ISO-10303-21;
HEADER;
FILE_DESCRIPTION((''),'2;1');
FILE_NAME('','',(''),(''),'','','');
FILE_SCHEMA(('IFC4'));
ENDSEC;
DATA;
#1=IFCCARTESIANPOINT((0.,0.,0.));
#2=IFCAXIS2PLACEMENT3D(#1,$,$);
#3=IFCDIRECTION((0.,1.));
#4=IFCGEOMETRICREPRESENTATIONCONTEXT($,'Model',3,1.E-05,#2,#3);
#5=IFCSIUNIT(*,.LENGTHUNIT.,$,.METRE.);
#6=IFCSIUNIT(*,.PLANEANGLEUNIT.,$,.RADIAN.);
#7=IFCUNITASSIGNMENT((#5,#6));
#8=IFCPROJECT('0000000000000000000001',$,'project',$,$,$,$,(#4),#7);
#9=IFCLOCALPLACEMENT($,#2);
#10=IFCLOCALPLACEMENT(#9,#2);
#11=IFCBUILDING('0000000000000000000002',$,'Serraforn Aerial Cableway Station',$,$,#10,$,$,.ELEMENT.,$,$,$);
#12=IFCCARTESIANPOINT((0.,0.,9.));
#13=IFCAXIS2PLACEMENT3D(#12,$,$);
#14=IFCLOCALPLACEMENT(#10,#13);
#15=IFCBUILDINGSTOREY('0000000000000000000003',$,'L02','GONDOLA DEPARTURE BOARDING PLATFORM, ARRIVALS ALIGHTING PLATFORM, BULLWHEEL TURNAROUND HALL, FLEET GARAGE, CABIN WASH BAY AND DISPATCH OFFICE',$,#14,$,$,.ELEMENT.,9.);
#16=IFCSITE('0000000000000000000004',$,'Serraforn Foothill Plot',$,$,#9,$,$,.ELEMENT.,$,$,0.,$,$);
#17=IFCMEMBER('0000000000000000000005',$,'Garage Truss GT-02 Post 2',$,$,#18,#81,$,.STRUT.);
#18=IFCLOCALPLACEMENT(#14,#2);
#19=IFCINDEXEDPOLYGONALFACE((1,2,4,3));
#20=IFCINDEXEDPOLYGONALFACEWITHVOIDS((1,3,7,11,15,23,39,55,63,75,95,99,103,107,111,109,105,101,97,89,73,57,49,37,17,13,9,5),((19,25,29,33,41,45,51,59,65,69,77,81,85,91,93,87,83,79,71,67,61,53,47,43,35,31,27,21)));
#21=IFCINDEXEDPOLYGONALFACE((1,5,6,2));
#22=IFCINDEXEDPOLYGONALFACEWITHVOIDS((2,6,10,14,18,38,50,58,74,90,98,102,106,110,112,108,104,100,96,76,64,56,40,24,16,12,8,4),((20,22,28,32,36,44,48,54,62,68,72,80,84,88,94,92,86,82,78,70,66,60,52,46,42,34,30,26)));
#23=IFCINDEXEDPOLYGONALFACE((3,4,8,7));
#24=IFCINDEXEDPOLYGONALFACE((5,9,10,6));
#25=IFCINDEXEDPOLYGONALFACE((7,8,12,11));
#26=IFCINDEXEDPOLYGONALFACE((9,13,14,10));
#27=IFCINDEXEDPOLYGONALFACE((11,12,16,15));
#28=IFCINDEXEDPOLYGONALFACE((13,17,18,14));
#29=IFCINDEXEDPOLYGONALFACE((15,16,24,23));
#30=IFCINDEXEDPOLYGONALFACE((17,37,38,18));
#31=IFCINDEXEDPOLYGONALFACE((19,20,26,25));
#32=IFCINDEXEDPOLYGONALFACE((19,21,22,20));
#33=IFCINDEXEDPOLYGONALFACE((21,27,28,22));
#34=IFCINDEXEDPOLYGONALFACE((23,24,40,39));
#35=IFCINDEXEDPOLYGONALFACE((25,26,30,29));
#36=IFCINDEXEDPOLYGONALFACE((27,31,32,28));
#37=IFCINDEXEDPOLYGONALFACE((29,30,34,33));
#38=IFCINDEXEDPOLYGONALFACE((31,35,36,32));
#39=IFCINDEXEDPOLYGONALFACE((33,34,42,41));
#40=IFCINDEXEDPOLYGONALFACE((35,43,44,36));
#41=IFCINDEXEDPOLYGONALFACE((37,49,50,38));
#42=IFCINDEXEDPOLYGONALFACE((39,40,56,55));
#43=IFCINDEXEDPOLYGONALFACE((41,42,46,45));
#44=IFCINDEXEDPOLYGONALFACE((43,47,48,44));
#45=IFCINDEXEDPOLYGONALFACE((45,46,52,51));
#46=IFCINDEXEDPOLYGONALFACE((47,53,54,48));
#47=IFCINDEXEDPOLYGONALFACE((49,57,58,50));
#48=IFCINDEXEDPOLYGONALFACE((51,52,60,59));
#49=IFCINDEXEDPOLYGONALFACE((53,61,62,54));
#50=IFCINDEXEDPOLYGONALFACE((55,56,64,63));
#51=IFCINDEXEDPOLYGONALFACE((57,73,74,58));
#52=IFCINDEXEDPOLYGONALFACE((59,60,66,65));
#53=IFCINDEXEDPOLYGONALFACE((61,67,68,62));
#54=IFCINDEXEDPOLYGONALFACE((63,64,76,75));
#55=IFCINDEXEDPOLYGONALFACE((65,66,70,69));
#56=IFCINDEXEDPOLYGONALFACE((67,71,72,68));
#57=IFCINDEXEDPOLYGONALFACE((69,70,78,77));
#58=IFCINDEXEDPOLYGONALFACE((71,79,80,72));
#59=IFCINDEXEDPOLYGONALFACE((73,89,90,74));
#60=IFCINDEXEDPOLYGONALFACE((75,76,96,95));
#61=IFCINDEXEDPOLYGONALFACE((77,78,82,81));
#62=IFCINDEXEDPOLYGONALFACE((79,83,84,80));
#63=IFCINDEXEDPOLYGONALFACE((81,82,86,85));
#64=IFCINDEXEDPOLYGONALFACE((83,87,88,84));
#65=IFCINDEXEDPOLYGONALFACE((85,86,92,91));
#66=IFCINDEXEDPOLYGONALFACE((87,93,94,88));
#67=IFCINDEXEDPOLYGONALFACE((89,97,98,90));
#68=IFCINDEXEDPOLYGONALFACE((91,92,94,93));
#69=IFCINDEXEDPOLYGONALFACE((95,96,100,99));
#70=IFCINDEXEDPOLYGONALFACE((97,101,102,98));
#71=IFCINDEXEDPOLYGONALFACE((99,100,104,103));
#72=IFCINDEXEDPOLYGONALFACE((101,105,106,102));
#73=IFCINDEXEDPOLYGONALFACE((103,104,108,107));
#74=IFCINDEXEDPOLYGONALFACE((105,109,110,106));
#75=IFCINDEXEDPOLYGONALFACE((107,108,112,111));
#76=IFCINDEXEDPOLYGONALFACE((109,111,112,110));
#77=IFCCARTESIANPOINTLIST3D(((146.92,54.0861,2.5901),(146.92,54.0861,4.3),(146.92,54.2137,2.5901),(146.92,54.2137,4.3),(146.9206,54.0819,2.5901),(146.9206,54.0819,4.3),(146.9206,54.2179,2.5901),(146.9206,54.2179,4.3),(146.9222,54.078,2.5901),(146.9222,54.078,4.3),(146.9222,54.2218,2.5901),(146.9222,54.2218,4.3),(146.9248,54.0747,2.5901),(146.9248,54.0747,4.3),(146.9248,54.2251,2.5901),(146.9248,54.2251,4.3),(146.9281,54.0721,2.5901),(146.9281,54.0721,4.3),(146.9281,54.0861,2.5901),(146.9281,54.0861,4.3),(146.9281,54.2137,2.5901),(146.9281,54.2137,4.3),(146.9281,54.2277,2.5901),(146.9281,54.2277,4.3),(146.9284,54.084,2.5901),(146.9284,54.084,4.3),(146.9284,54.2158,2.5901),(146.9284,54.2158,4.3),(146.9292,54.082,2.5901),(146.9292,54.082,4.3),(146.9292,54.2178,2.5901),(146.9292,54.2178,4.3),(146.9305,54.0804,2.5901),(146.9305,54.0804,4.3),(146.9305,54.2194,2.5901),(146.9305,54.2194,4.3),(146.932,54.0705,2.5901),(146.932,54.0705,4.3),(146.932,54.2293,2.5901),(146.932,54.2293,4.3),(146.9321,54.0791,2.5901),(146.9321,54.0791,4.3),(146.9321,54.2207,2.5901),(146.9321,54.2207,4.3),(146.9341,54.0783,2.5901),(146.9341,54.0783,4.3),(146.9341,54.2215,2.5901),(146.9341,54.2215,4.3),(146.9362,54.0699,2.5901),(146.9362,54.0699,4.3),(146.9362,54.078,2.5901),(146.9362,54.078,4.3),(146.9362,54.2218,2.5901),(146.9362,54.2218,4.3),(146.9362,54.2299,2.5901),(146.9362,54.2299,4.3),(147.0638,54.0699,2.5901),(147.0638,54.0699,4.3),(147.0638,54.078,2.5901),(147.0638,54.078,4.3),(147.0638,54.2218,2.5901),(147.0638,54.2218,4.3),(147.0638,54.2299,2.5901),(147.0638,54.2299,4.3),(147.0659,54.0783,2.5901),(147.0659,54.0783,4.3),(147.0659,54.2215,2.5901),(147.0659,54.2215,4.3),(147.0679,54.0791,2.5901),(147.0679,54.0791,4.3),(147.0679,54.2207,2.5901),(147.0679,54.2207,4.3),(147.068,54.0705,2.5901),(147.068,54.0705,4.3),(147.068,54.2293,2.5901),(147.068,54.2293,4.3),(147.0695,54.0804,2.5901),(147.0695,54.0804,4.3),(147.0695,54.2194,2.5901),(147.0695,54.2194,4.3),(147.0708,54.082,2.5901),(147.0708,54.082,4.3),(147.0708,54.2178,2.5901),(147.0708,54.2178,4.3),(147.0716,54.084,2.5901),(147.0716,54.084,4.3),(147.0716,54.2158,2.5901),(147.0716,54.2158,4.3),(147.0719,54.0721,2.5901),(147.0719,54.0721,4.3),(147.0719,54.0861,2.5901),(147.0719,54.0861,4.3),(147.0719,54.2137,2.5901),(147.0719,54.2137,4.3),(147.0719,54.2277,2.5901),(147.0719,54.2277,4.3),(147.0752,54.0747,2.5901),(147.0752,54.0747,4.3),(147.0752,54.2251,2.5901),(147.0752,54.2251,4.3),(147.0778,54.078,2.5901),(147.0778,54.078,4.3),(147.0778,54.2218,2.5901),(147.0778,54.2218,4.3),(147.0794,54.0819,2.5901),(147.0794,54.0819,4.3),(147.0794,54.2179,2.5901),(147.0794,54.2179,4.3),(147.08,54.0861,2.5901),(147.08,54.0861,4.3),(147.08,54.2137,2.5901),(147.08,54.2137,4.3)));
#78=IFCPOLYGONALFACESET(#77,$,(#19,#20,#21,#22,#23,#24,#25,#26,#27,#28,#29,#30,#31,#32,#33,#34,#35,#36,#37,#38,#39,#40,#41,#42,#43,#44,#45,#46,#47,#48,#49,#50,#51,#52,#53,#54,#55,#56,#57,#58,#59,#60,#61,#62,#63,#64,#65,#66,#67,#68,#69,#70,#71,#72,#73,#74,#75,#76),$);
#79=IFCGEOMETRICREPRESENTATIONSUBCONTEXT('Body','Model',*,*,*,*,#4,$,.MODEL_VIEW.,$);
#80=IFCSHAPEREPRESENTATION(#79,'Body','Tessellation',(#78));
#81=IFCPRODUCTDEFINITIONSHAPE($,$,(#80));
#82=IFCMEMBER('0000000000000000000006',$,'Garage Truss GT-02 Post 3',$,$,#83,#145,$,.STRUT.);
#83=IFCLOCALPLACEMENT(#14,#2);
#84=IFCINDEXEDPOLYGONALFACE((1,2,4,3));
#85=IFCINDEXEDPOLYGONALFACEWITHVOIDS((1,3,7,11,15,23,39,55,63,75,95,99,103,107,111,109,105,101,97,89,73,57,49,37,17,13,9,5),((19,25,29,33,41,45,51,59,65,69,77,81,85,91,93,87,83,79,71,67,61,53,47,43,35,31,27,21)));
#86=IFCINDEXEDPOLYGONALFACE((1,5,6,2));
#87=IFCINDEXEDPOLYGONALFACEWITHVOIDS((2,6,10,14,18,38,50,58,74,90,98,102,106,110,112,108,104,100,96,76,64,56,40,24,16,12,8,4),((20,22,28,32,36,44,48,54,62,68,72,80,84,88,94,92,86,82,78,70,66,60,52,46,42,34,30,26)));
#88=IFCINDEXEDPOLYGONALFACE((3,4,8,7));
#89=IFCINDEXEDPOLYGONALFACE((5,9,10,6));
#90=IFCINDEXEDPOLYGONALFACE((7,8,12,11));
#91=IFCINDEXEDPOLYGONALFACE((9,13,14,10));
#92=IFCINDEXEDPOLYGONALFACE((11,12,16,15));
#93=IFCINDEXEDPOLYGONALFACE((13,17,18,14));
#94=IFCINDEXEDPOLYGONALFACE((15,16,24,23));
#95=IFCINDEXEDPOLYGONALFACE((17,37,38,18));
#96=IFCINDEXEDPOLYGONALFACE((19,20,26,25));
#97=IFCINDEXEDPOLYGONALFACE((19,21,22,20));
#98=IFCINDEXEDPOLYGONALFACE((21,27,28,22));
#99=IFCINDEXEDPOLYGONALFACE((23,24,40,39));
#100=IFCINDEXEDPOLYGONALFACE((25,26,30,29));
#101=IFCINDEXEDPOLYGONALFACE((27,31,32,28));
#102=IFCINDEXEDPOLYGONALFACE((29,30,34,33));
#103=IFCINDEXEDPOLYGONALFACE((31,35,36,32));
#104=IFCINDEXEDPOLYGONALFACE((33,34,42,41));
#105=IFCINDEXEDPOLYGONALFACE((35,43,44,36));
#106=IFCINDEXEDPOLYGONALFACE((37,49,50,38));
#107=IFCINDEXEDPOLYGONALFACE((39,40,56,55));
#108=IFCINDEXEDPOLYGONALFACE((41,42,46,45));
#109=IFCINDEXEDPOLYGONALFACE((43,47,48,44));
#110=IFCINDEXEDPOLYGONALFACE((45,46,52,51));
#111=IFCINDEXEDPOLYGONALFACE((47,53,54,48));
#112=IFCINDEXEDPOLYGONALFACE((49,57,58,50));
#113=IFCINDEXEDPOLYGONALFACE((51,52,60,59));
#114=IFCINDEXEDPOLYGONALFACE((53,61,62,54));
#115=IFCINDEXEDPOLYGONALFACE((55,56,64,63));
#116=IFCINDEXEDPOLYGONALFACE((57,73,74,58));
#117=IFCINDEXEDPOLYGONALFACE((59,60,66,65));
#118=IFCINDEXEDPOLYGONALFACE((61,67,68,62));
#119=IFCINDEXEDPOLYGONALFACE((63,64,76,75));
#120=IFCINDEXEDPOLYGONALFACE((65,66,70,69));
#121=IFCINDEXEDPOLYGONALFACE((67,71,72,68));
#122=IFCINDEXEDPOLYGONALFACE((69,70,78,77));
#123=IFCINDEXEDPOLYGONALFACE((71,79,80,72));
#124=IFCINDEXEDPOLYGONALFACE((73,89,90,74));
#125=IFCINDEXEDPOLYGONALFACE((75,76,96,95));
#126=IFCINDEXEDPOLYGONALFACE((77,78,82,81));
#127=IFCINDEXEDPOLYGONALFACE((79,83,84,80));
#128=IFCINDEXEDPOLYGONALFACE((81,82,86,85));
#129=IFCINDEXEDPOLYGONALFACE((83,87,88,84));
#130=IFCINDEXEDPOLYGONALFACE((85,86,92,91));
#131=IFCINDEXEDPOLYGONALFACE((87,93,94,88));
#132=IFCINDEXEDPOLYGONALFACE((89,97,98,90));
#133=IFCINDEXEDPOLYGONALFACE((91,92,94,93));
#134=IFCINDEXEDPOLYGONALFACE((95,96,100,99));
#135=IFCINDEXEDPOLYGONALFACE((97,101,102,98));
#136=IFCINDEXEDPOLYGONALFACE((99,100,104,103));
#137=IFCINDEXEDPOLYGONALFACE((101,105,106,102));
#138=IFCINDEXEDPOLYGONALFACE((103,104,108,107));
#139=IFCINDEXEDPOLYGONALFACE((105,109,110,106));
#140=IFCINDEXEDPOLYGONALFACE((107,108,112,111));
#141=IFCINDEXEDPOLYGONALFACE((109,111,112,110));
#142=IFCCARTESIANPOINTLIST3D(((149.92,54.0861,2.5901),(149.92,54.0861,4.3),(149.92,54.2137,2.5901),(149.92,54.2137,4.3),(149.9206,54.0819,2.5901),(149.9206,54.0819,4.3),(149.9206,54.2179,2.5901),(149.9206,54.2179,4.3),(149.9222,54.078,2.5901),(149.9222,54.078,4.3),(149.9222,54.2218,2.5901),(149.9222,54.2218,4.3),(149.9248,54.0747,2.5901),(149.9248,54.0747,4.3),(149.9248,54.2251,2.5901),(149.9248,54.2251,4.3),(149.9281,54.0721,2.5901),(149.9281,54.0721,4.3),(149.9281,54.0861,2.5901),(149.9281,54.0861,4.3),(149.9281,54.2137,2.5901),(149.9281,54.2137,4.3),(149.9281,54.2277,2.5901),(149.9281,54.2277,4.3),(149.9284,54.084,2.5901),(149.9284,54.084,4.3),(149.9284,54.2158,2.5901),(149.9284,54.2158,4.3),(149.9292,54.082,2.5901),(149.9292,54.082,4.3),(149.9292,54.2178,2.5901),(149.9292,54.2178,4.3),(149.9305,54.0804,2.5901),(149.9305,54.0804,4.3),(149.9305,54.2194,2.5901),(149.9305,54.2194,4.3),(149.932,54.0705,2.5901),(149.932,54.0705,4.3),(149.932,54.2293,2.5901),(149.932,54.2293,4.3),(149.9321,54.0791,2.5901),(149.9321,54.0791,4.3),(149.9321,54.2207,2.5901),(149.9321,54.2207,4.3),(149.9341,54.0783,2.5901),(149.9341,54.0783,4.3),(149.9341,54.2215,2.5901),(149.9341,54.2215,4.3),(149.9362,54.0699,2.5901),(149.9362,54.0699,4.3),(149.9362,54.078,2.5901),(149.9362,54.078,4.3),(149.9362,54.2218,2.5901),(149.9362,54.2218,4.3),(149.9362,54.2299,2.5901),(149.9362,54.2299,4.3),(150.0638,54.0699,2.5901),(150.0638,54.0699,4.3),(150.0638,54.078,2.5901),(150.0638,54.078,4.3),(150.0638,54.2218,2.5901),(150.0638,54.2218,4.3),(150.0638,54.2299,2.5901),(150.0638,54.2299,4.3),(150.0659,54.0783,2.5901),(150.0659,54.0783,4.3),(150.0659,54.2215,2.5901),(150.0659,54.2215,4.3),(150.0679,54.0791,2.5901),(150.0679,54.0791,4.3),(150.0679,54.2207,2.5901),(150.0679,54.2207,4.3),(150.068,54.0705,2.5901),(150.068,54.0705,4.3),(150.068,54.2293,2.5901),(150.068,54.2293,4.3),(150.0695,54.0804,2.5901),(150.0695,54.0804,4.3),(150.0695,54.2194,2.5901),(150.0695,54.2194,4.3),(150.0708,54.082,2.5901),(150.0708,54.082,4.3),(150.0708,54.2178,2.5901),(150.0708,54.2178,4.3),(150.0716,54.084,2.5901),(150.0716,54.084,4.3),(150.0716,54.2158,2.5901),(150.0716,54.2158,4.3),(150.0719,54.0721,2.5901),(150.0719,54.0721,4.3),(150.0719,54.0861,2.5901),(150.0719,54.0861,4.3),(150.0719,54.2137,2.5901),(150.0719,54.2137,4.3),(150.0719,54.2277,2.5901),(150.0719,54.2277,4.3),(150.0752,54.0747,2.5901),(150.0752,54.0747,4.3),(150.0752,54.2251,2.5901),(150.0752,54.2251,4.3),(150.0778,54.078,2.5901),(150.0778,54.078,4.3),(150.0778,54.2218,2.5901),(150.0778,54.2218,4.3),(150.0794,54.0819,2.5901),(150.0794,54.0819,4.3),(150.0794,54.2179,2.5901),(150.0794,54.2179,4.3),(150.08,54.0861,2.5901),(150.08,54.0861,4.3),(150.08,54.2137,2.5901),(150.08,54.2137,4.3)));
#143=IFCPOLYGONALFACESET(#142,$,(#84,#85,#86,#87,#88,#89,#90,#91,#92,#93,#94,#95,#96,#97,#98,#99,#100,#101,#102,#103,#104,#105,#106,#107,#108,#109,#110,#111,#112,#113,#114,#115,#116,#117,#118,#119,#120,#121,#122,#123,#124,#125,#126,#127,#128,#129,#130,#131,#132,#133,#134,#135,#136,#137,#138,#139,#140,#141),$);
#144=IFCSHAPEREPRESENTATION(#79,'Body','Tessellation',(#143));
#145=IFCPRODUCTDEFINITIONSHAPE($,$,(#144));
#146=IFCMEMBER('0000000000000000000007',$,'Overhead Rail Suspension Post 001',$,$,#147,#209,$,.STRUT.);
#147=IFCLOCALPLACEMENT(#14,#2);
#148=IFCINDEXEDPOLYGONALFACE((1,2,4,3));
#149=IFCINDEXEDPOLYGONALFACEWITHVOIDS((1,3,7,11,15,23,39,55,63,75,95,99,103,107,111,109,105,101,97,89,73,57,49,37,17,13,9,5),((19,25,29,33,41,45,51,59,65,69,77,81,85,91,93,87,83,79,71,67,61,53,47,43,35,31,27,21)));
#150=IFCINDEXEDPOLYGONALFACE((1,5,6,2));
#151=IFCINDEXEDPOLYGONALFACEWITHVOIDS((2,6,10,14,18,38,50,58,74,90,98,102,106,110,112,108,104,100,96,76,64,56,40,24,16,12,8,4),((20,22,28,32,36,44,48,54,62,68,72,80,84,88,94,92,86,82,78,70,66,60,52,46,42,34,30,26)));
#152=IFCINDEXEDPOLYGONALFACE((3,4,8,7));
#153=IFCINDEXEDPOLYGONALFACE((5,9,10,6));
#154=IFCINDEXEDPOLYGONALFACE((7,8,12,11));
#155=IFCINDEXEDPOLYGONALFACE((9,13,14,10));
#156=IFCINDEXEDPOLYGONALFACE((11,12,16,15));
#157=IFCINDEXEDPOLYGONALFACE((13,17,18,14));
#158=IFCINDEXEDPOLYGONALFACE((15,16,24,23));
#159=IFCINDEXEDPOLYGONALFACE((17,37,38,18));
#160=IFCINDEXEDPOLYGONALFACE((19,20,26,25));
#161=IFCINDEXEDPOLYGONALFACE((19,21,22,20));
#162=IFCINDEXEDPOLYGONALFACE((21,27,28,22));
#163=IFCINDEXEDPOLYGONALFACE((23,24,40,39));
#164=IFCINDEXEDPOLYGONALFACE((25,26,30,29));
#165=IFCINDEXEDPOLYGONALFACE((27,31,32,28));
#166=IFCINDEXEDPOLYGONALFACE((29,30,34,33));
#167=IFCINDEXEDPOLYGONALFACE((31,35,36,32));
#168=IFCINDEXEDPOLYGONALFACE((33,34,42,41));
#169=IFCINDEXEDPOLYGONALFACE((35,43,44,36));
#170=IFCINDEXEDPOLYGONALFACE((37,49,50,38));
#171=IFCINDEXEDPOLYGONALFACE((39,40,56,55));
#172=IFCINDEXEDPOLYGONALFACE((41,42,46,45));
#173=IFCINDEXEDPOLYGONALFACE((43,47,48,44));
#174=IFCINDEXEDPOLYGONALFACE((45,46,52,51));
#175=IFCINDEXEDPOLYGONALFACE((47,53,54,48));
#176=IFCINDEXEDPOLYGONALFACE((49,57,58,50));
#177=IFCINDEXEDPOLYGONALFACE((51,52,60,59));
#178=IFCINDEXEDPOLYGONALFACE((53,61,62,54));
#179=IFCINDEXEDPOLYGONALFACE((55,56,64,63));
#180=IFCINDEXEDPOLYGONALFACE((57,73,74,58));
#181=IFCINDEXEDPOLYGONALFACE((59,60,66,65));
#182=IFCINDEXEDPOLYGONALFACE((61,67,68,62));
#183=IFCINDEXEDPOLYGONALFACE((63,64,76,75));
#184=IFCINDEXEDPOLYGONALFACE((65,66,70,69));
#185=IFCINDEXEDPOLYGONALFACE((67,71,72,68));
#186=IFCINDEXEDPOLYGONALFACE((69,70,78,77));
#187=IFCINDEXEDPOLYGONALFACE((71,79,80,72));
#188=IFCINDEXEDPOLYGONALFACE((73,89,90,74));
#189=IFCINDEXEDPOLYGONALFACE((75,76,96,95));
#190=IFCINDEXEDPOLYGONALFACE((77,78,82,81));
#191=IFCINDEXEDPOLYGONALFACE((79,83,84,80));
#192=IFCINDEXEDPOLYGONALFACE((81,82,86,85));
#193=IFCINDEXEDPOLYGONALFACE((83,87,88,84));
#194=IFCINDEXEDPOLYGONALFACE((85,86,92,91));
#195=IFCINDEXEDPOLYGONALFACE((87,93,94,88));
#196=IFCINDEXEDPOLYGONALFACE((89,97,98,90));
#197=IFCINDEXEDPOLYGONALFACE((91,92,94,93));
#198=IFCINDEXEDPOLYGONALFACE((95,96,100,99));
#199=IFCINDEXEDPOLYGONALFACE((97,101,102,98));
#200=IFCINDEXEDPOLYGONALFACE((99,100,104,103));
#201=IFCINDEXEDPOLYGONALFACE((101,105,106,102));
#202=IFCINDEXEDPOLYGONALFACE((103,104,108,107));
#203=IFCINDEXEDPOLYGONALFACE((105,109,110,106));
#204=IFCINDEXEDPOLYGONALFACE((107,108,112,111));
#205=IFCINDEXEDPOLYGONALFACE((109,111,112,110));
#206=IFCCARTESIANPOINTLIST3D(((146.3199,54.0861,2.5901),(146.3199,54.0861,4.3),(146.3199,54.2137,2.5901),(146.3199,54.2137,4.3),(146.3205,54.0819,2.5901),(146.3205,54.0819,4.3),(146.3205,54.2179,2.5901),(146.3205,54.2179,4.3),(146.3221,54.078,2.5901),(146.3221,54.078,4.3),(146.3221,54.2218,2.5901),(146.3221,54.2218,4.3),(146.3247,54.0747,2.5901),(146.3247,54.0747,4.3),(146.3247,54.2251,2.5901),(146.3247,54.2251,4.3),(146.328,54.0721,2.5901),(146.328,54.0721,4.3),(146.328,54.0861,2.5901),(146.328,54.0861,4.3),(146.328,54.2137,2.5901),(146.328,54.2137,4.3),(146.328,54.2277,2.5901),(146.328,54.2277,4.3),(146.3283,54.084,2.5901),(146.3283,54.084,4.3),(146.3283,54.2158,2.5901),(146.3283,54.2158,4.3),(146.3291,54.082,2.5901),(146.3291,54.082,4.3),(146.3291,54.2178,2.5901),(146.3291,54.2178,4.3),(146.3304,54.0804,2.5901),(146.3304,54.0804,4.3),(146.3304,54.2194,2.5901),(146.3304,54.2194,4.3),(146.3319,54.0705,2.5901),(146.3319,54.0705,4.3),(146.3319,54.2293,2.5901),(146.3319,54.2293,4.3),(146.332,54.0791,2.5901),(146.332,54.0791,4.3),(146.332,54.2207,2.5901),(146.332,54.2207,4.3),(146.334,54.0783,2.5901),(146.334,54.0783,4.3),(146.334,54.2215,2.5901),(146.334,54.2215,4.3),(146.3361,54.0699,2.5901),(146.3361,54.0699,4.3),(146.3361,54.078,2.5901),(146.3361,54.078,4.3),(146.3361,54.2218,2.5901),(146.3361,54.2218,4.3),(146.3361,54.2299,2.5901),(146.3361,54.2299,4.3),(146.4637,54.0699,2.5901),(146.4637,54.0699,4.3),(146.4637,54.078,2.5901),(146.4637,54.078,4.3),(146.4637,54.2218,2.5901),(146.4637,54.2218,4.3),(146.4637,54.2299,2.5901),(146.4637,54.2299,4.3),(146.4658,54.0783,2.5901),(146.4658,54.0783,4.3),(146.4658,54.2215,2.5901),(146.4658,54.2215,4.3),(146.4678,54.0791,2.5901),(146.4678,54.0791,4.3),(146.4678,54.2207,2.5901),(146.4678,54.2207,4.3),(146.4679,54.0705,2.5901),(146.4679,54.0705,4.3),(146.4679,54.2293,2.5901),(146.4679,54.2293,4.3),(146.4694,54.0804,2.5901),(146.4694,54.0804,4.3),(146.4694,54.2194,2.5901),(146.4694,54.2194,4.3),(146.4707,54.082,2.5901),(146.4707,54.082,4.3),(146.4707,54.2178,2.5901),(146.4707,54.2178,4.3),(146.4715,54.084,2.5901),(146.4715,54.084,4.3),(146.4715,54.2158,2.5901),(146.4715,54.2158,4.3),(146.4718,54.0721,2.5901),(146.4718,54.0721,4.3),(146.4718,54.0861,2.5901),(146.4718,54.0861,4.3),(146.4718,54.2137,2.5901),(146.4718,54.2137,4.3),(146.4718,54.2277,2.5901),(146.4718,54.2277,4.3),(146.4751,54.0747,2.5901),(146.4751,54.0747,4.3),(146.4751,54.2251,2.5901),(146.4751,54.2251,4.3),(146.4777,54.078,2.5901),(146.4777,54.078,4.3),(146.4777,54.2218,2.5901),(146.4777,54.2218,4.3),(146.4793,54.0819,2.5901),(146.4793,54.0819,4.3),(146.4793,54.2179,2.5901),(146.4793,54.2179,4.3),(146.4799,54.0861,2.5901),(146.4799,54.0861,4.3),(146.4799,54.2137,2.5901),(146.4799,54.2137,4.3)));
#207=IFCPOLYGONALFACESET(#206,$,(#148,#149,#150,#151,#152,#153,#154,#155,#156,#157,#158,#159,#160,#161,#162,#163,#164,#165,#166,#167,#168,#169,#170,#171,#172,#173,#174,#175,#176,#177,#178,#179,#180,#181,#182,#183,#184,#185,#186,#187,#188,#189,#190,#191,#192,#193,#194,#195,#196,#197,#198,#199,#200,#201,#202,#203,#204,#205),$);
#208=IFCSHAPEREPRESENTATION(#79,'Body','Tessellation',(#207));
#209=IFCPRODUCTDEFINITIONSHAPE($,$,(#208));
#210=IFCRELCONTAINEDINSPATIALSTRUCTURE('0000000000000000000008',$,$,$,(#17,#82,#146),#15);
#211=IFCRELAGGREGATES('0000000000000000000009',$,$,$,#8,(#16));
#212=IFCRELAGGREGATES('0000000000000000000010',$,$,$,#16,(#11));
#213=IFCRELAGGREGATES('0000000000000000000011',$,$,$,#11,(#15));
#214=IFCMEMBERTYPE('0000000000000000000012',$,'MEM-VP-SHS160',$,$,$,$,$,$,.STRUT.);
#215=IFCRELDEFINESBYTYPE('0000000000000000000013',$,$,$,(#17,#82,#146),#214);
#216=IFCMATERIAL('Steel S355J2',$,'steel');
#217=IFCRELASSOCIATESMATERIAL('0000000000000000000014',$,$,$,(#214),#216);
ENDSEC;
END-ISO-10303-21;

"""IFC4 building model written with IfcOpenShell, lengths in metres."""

from ifc_helpers import new_model, si_unit, direction, frame, origin, origin_2d, place, context, subcontext, project, spatial, hollow_rectangle, extrude, material, material_profile, profile_set, type_object, element, save


model = new_model("IFC4")

# Units and contexts
model_context = context("Model", 3, precision=1e-05, world=origin(), true_north=direction((0.0, 1.0)))
body_context = subcontext(model_context, "Body", "Model", "MODEL_VIEW")
ifc_project = project(units=[si_unit("LENGTHUNIT", "METRE"), si_unit("PLANEANGLEUNIT", "RADIAN")], contexts=[model_context])

# Site, building, storey
site_placement = place(None, origin())
site = spatial("IfcSite", under=ifc_project, at=site_placement, Name="Serraforn Foothill Plot", CompositionType="ELEMENT", RefElevation=0.0)
building_placement = place(site_placement, origin())
building = spatial("IfcBuilding", under=site, at=building_placement, Name="Serraforn Aerial Cableway Station", CompositionType="ELEMENT")
storey_placement = place(building_placement, frame((0.0, 0.0, 9.0)))
storey = spatial("IfcBuildingStorey", under=building, at=storey_placement, Name="L02", Description="GONDOLA DEPARTURE BOARDING PLATFORM, ARRIVALS ALIGHTING PLATFORM, BULLWHEEL TURNAROUND HALL, FLEET GARAGE, CABIN WASH BAY AND DISPATCH OFFICE", CompositionType="ELEMENT", Elevation=9.0)

# Shared definitions
ifc_material_1 = material(Name="Steel S355J2", Category="steel")

# Members
ifc_material_profile_1 = material_profile(ifc_material_1, hollow_rectangle(XDim=0.1599, YDim=0.1599, WallThickness=0.0081, InnerFilletRadius=0.0081, OuterFilletRadius=0.0161, at=origin_2d()), Name="SHS 160x160x8.0")
ifc_profile_set_1 = profile_set([ifc_material_profile_1], Name="Steel S355J2")
member_type_1 = type_object("IfcMemberType", Name="MEM-VP-SHS160", PredefinedType="STRUT", material=ifc_profile_set_1)
for number, where, z_axis, x_axis, name in (
    (1, (147.0, 54.1499, 2.5901), (0.0, 0.0, 1.0), (1.0, 0.0, 0.0), "Garage Truss GT-02 Post 2"),
    (2, (150.0, 54.1499, 2.5901), (0.0, 0.0, 1.0), (1.0, 0.0, 0.0), "Garage Truss GT-02 Post 3"),
    (3, (146.3999, 54.1499, 2.5901), (0.0, 0.0, 1.0), (1.0, 0.0, 0.0), "Overhead Rail Suspension Post 001"),
):
    element("IfcMember", number, at=place(storey_placement, frame(where, z_axis=z_axis, x_axis=x_axis)), inside=storey, type_object=member_type_1, Name=name, PredefinedType="STRUT", context=body_context, shape_type="SweptSolid", body=[
        extrude(hollow_rectangle(XDim=0.1599, YDim=0.1599, WallThickness=0.0081, InnerFilletRadius=0.0081, OuterFilletRadius=0.0161, at=origin_2d()), origin(), (0.0, 0.0, 1.0), 1.71),
    ])

save(model, "model.ifc")
